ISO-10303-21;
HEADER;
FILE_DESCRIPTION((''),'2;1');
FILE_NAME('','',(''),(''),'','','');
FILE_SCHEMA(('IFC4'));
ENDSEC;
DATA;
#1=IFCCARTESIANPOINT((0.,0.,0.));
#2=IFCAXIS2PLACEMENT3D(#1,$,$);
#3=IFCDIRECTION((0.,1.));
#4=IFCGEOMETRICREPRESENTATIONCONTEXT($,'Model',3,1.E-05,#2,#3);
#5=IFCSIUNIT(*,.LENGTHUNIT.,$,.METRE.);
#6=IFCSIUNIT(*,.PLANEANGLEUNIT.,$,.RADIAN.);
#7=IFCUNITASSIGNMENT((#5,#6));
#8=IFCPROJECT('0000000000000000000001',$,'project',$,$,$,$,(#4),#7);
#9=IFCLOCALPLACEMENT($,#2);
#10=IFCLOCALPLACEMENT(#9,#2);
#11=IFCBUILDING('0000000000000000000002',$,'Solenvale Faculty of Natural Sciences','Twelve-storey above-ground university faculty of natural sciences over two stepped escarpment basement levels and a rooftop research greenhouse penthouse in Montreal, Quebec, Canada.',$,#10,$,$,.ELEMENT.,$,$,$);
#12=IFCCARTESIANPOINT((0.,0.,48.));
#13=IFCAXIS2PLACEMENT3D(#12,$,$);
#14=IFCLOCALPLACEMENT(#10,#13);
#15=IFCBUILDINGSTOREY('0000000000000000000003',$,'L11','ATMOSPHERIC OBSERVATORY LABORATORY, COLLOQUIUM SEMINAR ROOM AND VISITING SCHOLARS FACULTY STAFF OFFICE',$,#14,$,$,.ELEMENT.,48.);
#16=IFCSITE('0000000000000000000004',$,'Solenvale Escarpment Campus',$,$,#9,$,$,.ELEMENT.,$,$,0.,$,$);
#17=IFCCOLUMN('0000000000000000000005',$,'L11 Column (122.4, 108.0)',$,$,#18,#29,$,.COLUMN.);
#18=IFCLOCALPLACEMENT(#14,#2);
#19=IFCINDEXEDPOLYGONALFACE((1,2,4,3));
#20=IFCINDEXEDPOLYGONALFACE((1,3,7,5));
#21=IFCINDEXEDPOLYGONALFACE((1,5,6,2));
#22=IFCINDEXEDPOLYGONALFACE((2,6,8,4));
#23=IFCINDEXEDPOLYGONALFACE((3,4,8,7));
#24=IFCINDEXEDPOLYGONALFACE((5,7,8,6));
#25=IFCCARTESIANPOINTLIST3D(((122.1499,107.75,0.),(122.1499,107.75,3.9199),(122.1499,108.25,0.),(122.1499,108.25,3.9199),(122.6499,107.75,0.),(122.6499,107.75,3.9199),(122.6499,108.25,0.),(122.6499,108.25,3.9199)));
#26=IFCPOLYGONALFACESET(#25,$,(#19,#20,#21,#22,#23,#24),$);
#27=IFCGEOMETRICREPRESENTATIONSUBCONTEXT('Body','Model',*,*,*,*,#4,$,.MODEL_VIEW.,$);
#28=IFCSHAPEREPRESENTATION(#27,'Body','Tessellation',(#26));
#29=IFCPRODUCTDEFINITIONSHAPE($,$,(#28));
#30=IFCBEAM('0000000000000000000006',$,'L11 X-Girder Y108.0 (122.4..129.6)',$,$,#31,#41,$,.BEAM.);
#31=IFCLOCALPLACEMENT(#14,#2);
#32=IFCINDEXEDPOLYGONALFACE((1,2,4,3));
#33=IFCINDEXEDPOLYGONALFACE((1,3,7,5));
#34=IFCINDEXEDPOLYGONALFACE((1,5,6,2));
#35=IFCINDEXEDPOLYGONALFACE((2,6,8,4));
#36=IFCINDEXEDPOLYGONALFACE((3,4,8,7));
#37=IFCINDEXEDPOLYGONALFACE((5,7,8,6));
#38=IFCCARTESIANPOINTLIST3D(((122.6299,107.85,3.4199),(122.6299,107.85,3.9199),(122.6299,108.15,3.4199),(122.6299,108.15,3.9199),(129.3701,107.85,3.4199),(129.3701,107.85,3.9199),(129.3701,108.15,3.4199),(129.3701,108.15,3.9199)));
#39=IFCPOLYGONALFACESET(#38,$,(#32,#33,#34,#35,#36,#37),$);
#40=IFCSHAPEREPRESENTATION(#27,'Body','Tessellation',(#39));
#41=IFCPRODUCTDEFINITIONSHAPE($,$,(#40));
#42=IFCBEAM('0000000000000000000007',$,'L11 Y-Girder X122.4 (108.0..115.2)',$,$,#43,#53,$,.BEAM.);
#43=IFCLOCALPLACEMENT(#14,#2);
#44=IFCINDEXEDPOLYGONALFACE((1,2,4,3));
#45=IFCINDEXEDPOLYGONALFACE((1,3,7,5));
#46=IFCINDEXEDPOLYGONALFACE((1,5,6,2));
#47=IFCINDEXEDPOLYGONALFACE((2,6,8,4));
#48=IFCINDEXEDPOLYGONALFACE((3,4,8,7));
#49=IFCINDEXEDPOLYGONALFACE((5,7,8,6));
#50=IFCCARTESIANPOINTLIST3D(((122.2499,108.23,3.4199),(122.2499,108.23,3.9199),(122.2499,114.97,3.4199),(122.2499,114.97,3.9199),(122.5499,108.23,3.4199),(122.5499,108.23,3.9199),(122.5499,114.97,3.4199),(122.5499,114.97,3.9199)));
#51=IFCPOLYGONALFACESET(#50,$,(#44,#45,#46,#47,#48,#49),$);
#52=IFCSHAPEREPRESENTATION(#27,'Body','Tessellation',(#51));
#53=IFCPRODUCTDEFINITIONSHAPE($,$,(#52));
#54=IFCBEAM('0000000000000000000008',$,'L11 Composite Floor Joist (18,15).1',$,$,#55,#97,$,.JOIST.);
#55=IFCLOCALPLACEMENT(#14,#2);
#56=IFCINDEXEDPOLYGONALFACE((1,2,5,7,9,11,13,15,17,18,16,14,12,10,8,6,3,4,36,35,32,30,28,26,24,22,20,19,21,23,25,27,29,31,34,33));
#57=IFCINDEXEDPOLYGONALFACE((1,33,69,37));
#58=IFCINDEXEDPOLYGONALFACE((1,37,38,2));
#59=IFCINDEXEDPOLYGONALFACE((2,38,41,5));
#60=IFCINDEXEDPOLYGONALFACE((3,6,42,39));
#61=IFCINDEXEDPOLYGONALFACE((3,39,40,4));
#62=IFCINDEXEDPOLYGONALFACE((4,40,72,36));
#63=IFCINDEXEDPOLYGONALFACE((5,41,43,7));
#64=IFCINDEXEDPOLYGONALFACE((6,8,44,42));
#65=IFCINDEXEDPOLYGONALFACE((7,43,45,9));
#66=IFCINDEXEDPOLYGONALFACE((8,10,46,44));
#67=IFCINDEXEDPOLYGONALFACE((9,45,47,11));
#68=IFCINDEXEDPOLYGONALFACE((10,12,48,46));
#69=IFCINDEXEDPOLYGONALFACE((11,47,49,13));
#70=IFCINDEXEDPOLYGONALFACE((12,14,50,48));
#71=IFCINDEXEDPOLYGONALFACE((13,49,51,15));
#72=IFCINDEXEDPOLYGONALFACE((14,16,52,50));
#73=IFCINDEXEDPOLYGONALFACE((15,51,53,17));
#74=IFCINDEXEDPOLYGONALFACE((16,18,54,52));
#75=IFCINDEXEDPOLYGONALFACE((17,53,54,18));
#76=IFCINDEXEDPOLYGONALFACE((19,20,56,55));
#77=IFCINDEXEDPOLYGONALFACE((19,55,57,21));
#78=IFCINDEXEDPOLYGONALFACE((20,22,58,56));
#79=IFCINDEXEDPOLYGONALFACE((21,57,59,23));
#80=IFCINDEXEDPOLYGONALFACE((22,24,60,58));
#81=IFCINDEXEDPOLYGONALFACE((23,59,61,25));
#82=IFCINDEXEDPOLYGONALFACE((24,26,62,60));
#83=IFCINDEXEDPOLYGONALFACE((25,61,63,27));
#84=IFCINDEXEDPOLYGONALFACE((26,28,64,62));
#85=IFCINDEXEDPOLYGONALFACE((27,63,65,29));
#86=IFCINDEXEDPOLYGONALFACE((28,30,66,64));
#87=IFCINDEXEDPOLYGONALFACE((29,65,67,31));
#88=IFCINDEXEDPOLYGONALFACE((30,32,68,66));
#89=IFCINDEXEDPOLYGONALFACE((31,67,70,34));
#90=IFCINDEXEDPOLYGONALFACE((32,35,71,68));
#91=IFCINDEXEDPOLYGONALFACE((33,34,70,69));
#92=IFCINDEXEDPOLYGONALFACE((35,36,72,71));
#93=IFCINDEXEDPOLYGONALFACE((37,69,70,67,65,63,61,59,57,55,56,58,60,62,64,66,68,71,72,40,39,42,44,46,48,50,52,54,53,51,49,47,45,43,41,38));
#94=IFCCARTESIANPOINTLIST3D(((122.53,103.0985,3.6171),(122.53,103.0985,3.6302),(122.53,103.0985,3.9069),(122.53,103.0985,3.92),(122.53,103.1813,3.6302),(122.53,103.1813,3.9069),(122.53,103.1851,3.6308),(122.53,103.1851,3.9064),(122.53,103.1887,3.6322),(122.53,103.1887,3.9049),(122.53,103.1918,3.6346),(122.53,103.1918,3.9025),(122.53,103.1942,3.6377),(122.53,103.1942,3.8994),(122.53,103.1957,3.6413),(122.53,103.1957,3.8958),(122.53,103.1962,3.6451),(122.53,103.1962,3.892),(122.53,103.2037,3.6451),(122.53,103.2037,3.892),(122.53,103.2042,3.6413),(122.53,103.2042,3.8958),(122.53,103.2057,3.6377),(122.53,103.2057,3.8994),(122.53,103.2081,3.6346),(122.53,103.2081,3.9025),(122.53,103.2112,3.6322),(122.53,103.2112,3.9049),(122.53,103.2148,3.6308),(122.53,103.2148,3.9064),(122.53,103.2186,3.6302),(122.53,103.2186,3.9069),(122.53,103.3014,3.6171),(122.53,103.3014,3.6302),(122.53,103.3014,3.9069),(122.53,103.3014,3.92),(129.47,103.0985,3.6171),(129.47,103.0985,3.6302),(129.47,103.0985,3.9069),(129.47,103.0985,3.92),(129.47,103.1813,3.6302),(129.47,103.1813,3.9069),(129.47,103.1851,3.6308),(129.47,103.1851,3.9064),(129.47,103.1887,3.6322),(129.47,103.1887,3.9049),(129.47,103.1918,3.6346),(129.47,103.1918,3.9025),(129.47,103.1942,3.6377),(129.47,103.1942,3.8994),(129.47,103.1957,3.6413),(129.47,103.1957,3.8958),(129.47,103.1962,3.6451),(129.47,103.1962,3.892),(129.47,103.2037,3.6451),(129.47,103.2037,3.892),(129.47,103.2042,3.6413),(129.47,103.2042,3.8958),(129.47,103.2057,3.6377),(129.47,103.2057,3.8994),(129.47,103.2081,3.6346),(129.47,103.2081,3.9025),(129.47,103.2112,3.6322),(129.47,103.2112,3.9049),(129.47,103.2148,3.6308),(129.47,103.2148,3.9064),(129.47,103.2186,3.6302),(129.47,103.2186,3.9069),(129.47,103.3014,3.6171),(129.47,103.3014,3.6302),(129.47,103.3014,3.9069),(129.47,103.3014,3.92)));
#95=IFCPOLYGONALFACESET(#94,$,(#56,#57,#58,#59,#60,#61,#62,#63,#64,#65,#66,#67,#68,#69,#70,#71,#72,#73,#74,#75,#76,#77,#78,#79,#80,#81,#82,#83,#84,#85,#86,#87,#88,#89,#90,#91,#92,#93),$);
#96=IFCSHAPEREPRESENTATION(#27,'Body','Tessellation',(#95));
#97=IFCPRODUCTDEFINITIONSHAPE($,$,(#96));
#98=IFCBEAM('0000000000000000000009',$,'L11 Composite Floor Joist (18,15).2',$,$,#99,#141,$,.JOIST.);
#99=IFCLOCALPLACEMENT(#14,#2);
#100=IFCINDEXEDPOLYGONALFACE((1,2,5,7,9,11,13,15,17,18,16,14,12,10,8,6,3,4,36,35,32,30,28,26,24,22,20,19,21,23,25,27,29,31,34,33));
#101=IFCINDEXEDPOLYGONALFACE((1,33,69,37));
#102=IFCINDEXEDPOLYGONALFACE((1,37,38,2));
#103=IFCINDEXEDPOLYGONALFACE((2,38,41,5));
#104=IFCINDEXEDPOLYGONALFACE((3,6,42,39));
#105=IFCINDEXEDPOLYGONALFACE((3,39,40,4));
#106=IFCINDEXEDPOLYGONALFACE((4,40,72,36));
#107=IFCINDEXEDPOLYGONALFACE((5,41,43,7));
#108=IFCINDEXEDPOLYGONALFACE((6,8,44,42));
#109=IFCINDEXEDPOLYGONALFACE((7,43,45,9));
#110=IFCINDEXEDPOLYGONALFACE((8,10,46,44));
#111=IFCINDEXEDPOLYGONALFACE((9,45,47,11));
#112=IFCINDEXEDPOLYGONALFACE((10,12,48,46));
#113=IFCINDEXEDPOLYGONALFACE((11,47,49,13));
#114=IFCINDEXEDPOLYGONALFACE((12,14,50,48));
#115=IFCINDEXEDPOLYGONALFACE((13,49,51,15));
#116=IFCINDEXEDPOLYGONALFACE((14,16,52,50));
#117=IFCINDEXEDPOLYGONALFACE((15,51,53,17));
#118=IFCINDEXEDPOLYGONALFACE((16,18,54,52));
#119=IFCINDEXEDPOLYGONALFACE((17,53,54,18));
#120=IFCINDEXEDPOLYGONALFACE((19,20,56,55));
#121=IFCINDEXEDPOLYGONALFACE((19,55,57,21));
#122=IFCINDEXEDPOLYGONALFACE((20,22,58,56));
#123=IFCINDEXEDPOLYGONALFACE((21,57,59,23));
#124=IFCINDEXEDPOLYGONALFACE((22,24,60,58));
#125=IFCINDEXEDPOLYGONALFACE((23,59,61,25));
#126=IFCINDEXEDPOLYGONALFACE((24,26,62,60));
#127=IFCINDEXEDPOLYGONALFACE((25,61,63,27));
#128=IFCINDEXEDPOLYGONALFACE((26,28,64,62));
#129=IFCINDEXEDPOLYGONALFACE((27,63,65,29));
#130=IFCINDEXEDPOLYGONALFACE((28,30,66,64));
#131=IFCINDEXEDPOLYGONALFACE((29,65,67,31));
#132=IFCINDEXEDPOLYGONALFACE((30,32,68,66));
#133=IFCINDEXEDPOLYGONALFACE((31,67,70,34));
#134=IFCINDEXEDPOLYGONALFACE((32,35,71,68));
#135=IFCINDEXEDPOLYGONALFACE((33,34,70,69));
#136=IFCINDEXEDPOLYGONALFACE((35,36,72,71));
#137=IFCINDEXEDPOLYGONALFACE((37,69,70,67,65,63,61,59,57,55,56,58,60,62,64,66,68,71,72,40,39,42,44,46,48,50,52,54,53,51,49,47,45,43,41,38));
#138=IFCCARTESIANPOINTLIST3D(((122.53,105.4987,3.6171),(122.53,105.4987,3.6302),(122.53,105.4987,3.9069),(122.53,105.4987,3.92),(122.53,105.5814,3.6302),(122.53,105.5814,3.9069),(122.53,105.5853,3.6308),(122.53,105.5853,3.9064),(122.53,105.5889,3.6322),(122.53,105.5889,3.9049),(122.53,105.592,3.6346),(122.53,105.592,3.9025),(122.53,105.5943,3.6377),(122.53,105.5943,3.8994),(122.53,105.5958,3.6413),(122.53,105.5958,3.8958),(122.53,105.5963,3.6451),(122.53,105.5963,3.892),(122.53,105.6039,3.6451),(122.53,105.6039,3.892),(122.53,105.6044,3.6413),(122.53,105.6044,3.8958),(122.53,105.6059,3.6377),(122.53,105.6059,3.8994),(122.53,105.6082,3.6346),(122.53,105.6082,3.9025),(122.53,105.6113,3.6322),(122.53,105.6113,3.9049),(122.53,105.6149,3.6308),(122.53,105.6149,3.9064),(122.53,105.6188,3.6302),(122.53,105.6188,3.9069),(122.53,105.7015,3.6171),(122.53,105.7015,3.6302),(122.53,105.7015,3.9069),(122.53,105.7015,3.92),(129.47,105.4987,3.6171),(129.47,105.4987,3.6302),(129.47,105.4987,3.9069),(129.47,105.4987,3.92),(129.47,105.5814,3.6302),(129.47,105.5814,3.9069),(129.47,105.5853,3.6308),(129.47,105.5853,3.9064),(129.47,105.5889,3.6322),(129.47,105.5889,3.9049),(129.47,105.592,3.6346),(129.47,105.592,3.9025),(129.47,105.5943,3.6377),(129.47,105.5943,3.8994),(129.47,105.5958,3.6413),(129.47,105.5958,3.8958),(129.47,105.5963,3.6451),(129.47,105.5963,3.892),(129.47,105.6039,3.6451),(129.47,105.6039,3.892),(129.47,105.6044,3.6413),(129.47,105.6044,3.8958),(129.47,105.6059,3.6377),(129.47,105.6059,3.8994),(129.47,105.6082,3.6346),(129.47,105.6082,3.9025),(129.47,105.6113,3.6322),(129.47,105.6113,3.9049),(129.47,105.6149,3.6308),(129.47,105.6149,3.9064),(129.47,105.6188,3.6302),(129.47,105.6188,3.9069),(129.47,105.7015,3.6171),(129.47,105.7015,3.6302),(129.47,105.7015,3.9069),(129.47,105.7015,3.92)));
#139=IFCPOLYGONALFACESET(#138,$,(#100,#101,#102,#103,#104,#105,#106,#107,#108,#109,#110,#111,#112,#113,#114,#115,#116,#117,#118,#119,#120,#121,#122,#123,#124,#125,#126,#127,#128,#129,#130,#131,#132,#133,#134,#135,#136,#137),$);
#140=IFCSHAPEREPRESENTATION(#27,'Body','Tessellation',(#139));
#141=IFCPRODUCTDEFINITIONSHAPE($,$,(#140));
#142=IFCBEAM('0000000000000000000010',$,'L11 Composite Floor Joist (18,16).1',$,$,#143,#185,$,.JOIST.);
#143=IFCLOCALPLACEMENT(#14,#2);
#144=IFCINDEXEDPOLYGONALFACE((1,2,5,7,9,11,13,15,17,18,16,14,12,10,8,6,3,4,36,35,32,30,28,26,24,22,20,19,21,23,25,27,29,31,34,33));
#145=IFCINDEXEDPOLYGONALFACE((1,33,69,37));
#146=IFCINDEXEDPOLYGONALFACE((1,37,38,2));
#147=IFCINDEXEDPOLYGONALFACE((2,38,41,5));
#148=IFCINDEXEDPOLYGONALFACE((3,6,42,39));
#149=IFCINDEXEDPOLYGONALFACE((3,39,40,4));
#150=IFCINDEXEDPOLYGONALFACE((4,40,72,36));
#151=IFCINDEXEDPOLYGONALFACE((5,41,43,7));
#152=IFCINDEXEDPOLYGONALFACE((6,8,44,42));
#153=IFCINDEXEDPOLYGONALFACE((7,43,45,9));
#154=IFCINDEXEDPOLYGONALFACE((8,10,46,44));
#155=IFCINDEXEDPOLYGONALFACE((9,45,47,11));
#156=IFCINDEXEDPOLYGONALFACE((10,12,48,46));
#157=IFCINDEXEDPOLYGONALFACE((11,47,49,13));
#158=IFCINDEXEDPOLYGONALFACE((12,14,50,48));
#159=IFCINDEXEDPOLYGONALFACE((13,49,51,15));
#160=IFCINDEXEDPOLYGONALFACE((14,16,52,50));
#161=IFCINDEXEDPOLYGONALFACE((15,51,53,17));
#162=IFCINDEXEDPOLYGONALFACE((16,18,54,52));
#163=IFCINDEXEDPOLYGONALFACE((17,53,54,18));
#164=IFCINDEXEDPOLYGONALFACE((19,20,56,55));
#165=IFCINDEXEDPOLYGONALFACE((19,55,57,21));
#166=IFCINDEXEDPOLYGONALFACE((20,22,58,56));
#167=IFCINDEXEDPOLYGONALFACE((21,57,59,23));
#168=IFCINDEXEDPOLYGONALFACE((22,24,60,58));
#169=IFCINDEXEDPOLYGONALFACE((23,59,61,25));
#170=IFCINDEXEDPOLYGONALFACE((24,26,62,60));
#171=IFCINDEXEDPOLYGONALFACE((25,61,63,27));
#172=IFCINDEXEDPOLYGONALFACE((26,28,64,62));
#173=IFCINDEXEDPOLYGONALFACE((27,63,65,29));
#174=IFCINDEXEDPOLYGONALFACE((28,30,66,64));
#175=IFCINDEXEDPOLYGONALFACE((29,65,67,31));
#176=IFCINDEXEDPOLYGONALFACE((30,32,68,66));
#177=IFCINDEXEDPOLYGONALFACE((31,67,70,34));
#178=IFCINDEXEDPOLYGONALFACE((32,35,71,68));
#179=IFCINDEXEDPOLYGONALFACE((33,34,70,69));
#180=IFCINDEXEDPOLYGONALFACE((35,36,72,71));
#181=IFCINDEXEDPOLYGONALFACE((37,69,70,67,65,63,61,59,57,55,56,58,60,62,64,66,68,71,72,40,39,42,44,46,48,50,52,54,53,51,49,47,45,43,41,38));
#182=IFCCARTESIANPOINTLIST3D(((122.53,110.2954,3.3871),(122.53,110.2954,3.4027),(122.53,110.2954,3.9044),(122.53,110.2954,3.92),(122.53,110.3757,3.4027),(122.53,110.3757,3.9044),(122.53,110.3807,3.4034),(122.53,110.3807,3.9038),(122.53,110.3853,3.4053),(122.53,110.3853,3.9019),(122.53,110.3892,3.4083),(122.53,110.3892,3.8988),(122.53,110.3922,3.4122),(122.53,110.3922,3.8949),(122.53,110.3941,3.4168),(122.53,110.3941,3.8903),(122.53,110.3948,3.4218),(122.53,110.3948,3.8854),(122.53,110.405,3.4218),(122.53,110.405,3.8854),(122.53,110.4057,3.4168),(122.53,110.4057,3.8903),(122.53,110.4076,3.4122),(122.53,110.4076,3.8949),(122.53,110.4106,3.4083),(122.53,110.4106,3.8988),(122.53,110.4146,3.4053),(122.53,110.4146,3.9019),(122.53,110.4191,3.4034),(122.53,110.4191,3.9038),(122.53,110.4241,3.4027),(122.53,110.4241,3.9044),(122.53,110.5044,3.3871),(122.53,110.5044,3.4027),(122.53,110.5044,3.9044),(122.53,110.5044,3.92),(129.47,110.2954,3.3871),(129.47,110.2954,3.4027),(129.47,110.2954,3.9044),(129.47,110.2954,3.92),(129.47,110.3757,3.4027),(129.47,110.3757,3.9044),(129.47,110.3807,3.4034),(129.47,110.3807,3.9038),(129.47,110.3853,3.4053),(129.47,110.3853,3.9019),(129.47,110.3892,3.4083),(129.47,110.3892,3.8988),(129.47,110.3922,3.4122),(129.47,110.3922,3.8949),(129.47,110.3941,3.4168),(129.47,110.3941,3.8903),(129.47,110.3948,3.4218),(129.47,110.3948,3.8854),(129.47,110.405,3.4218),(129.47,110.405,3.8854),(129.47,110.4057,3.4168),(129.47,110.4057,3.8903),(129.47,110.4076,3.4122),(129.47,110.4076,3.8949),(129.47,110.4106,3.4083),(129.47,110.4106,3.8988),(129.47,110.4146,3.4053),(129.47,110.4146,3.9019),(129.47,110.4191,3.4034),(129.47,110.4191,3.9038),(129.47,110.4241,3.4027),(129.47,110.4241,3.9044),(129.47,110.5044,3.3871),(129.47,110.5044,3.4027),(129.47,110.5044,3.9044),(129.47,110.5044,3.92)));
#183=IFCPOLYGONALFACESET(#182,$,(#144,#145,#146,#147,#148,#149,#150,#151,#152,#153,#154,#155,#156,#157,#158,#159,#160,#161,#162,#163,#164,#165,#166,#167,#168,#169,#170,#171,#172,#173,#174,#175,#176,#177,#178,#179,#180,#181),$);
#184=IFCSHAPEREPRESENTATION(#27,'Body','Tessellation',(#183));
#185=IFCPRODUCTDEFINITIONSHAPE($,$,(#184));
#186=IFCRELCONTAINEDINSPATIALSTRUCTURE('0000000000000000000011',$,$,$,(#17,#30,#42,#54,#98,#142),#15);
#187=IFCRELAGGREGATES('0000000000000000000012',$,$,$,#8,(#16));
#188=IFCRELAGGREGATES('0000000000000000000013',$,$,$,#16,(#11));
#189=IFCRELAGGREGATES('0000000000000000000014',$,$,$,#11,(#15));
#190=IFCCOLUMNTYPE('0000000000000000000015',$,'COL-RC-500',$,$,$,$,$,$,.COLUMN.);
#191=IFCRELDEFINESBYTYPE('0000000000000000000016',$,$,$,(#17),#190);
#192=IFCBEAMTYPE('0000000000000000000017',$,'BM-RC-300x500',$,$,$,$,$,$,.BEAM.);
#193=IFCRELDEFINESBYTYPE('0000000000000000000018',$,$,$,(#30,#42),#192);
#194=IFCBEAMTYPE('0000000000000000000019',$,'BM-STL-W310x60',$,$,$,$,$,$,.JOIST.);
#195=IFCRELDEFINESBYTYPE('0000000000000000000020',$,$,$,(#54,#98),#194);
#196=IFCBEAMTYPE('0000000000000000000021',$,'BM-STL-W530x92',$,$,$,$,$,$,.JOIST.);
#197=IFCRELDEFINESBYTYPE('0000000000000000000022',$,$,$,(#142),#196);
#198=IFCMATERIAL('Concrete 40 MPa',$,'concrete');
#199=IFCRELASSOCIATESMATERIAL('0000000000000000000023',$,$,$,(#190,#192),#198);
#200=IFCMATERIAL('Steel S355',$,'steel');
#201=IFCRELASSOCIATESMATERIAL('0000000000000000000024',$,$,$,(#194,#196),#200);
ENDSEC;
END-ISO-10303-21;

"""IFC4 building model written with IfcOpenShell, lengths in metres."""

from ifc_helpers import new_model, si_unit, direction, frame, origin, origin_2d, place, context, subcontext, project, spatial, rectangle, i_section, extrude, material, material_profile, profile_set, type_object, element, save


model = new_model("IFC4")

# Units and contexts
model_context = context("Model", 3, precision=1e-05, world=origin(), true_north=direction((0.0, 1.0)))
body_context = subcontext(model_context, "Body", "Model", "MODEL_VIEW")
ifc_project = project(units=[si_unit("LENGTHUNIT", "METRE"), si_unit("PLANEANGLEUNIT", "RADIAN")], contexts=[model_context])

# Site, building, storey
site_placement = place(None, origin())
site = spatial("IfcSite", under=ifc_project, at=site_placement, Name="Solenvale Escarpment Campus", CompositionType="ELEMENT", RefElevation=0.0)
building_placement = place(site_placement, origin())
building = spatial("IfcBuilding", under=site, at=building_placement, Name="Solenvale Faculty of Natural Sciences", Description="Twelve-storey above-ground university faculty of natural sciences over two stepped escarpment basement levels and a rooftop research greenhouse penthouse in Montreal, Quebec, Canada.", CompositionType="ELEMENT")
storey_placement = place(building_placement, frame((0.0, 0.0, 48.0)))
storey = spatial("IfcBuildingStorey", under=building, at=storey_placement, Name="L11", Description="ATMOSPHERIC OBSERVATORY LABORATORY, COLLOQUIUM SEMINAR ROOM AND VISITING SCHOLARS FACULTY STAFF OFFICE", CompositionType="ELEMENT", Elevation=48.0)

# Column
ifc_material_1 = material(Name="Concrete 40 MPa", Category="concrete")
ifc_material_profile_1 = material_profile(ifc_material_1, rectangle(XDim=0.5, YDim=0.5, at=origin_2d()), Name="RC-COL-500x500")
ifc_profile_set_1 = profile_set([ifc_material_profile_1], Name="Concrete 40 MPa")
column_type = type_object("IfcColumnType", Name="COL-RC-500", PredefinedType="COLUMN", material=ifc_profile_set_1)
column_placement = place(storey_placement, frame((122.3999, 108.0, 0.0), z_axis=(0.0, 0.0, 1.0), x_axis=(1.0, 0.0, 0.0)))
element("IfcColumn", 1, at=column_placement, inside=storey, type_object=column_type, Name="L11 Column (122.4, 108.0)", PredefinedType="COLUMN", context=body_context, shape_type="SweptSolid", body=[
    extrude(rectangle(XDim=0.5, YDim=0.5, at=origin_2d()), origin(), (0.0, 0.0, 1.0), 3.9199),
])

# Beams
ifc_material_profile_2 = material_profile(ifc_material_1, rectangle(XDim=0.3, YDim=0.5, at=origin_2d()), Name="RC-BM-300x500")
ifc_profile_set_2 = profile_set([ifc_material_profile_2], Name="Concrete 40 MPa")
beam_type_1 = type_object("IfcBeamType", Name="BM-RC-300x500", PredefinedType="BEAM", material=ifc_profile_set_2)
beam_1_placement = place(storey_placement, frame((122.6299, 108.0, 3.6699), z_axis=(1.0, 0.0, 0.0), x_axis=(0.0, 1.0, 0.0)))
element("IfcBeam", 2, at=beam_1_placement, inside=storey, type_object=beam_type_1, Name="L11 X-Girder Y108.0 (122.4..129.6)", PredefinedType="BEAM", context=body_context, shape_type="SweptSolid", body=[
    extrude(rectangle(XDim=0.3, YDim=0.5, at=origin_2d()), origin(), (0.0, 0.0, 1.0), 6.7402),
])
beam_2_placement = place(storey_placement, frame((122.3999, 108.23, 3.6699), z_axis=(0.0, 1.0, 0.0), x_axis=(-1.0, 0.0, 0.0)))
element("IfcBeam", 3, at=beam_2_placement, inside=storey, type_object=beam_type_1, Name="L11 Y-Girder X122.4 (108.0..115.2)", PredefinedType="BEAM", context=body_context, shape_type="SweptSolid", body=[
    extrude(rectangle(XDim=0.3, YDim=0.5, at=origin_2d()), origin(), (0.0, 0.0, 1.0), 6.74),
])
ifc_material_2 = material(Name="Steel S355", Category="steel")
ifc_material_profile_3 = material_profile(ifc_material_2, i_section(OverallWidth=0.2029, OverallDepth=0.303, WebThickness=0.0076, FlangeThickness=0.0132, FilletRadius=0.0149, at=origin_2d()), Name="W310x60")
ifc_profile_set_3 = profile_set([ifc_material_profile_3], Name="Steel S355")
beam_type_2 = type_object("IfcBeamType", Name="BM-STL-W310x60", PredefinedType="JOIST", material=ifc_profile_set_3)
for number, where, z_axis, x_axis, name in (
    (4, (122.53, 103.2, 3.7686), (1.0, 0.0, 0.0), (0.0, 1.0, 0.0), "L11 Composite Floor Joist (18,15).1"),
    (5, (122.53, 105.6001, 3.7686), (1.0, 0.0, 0.0), (0.0, 1.0, 0.0), "L11 Composite Floor Joist (18,15).2"),
):
    element("IfcBeam", number, at=place(storey_placement, frame(where, z_axis=z_axis, x_axis=x_axis)), inside=storey, type_object=beam_type_2, Name=name, PredefinedType="JOIST", context=body_context, shape_type="SweptSolid", body=[
        extrude(i_section(OverallWidth=0.2029, OverallDepth=0.303, WebThickness=0.0076, FlangeThickness=0.0132, FilletRadius=0.0149, at=origin_2d()), origin(), (0.0, 0.0, 1.0), 6.9399),
    ])
ifc_material_profile_4 = material_profile(ifc_material_2, i_section(OverallWidth=0.209, OverallDepth=0.533, WebThickness=0.0103, FlangeThickness=0.0156, FilletRadius=0.019, at=origin_2d()), Name="W530x92")
ifc_profile_set_4 = profile_set([ifc_material_profile_4], Name="Steel S355")
beam_type_3 = type_object("IfcBeamType", Name="BM-STL-W530x92", PredefinedType="JOIST", material=ifc_profile_set_4)
for number, where, z_axis, x_axis, name in (
    (6, (122.53, 110.3999, 3.6536), (1.0, 0.0, 0.0), (0.0, 1.0, 0.0), "L11 Composite Floor Joist (18,16).1"),
):
    element("IfcBeam", number, at=place(storey_placement, frame(where, z_axis=z_axis, x_axis=x_axis)), inside=storey, type_object=beam_type_3, Name=name, PredefinedType="JOIST", context=body_context, shape_type="SweptSolid", body=[
        extrude(i_section(OverallWidth=0.209, OverallDepth=0.533, WebThickness=0.0103, FlangeThickness=0.0156, FilletRadius=0.019, at=origin_2d()), origin(), (0.0, 0.0, 1.0), 6.9399),
    ])

save(model, "model.ifc")
